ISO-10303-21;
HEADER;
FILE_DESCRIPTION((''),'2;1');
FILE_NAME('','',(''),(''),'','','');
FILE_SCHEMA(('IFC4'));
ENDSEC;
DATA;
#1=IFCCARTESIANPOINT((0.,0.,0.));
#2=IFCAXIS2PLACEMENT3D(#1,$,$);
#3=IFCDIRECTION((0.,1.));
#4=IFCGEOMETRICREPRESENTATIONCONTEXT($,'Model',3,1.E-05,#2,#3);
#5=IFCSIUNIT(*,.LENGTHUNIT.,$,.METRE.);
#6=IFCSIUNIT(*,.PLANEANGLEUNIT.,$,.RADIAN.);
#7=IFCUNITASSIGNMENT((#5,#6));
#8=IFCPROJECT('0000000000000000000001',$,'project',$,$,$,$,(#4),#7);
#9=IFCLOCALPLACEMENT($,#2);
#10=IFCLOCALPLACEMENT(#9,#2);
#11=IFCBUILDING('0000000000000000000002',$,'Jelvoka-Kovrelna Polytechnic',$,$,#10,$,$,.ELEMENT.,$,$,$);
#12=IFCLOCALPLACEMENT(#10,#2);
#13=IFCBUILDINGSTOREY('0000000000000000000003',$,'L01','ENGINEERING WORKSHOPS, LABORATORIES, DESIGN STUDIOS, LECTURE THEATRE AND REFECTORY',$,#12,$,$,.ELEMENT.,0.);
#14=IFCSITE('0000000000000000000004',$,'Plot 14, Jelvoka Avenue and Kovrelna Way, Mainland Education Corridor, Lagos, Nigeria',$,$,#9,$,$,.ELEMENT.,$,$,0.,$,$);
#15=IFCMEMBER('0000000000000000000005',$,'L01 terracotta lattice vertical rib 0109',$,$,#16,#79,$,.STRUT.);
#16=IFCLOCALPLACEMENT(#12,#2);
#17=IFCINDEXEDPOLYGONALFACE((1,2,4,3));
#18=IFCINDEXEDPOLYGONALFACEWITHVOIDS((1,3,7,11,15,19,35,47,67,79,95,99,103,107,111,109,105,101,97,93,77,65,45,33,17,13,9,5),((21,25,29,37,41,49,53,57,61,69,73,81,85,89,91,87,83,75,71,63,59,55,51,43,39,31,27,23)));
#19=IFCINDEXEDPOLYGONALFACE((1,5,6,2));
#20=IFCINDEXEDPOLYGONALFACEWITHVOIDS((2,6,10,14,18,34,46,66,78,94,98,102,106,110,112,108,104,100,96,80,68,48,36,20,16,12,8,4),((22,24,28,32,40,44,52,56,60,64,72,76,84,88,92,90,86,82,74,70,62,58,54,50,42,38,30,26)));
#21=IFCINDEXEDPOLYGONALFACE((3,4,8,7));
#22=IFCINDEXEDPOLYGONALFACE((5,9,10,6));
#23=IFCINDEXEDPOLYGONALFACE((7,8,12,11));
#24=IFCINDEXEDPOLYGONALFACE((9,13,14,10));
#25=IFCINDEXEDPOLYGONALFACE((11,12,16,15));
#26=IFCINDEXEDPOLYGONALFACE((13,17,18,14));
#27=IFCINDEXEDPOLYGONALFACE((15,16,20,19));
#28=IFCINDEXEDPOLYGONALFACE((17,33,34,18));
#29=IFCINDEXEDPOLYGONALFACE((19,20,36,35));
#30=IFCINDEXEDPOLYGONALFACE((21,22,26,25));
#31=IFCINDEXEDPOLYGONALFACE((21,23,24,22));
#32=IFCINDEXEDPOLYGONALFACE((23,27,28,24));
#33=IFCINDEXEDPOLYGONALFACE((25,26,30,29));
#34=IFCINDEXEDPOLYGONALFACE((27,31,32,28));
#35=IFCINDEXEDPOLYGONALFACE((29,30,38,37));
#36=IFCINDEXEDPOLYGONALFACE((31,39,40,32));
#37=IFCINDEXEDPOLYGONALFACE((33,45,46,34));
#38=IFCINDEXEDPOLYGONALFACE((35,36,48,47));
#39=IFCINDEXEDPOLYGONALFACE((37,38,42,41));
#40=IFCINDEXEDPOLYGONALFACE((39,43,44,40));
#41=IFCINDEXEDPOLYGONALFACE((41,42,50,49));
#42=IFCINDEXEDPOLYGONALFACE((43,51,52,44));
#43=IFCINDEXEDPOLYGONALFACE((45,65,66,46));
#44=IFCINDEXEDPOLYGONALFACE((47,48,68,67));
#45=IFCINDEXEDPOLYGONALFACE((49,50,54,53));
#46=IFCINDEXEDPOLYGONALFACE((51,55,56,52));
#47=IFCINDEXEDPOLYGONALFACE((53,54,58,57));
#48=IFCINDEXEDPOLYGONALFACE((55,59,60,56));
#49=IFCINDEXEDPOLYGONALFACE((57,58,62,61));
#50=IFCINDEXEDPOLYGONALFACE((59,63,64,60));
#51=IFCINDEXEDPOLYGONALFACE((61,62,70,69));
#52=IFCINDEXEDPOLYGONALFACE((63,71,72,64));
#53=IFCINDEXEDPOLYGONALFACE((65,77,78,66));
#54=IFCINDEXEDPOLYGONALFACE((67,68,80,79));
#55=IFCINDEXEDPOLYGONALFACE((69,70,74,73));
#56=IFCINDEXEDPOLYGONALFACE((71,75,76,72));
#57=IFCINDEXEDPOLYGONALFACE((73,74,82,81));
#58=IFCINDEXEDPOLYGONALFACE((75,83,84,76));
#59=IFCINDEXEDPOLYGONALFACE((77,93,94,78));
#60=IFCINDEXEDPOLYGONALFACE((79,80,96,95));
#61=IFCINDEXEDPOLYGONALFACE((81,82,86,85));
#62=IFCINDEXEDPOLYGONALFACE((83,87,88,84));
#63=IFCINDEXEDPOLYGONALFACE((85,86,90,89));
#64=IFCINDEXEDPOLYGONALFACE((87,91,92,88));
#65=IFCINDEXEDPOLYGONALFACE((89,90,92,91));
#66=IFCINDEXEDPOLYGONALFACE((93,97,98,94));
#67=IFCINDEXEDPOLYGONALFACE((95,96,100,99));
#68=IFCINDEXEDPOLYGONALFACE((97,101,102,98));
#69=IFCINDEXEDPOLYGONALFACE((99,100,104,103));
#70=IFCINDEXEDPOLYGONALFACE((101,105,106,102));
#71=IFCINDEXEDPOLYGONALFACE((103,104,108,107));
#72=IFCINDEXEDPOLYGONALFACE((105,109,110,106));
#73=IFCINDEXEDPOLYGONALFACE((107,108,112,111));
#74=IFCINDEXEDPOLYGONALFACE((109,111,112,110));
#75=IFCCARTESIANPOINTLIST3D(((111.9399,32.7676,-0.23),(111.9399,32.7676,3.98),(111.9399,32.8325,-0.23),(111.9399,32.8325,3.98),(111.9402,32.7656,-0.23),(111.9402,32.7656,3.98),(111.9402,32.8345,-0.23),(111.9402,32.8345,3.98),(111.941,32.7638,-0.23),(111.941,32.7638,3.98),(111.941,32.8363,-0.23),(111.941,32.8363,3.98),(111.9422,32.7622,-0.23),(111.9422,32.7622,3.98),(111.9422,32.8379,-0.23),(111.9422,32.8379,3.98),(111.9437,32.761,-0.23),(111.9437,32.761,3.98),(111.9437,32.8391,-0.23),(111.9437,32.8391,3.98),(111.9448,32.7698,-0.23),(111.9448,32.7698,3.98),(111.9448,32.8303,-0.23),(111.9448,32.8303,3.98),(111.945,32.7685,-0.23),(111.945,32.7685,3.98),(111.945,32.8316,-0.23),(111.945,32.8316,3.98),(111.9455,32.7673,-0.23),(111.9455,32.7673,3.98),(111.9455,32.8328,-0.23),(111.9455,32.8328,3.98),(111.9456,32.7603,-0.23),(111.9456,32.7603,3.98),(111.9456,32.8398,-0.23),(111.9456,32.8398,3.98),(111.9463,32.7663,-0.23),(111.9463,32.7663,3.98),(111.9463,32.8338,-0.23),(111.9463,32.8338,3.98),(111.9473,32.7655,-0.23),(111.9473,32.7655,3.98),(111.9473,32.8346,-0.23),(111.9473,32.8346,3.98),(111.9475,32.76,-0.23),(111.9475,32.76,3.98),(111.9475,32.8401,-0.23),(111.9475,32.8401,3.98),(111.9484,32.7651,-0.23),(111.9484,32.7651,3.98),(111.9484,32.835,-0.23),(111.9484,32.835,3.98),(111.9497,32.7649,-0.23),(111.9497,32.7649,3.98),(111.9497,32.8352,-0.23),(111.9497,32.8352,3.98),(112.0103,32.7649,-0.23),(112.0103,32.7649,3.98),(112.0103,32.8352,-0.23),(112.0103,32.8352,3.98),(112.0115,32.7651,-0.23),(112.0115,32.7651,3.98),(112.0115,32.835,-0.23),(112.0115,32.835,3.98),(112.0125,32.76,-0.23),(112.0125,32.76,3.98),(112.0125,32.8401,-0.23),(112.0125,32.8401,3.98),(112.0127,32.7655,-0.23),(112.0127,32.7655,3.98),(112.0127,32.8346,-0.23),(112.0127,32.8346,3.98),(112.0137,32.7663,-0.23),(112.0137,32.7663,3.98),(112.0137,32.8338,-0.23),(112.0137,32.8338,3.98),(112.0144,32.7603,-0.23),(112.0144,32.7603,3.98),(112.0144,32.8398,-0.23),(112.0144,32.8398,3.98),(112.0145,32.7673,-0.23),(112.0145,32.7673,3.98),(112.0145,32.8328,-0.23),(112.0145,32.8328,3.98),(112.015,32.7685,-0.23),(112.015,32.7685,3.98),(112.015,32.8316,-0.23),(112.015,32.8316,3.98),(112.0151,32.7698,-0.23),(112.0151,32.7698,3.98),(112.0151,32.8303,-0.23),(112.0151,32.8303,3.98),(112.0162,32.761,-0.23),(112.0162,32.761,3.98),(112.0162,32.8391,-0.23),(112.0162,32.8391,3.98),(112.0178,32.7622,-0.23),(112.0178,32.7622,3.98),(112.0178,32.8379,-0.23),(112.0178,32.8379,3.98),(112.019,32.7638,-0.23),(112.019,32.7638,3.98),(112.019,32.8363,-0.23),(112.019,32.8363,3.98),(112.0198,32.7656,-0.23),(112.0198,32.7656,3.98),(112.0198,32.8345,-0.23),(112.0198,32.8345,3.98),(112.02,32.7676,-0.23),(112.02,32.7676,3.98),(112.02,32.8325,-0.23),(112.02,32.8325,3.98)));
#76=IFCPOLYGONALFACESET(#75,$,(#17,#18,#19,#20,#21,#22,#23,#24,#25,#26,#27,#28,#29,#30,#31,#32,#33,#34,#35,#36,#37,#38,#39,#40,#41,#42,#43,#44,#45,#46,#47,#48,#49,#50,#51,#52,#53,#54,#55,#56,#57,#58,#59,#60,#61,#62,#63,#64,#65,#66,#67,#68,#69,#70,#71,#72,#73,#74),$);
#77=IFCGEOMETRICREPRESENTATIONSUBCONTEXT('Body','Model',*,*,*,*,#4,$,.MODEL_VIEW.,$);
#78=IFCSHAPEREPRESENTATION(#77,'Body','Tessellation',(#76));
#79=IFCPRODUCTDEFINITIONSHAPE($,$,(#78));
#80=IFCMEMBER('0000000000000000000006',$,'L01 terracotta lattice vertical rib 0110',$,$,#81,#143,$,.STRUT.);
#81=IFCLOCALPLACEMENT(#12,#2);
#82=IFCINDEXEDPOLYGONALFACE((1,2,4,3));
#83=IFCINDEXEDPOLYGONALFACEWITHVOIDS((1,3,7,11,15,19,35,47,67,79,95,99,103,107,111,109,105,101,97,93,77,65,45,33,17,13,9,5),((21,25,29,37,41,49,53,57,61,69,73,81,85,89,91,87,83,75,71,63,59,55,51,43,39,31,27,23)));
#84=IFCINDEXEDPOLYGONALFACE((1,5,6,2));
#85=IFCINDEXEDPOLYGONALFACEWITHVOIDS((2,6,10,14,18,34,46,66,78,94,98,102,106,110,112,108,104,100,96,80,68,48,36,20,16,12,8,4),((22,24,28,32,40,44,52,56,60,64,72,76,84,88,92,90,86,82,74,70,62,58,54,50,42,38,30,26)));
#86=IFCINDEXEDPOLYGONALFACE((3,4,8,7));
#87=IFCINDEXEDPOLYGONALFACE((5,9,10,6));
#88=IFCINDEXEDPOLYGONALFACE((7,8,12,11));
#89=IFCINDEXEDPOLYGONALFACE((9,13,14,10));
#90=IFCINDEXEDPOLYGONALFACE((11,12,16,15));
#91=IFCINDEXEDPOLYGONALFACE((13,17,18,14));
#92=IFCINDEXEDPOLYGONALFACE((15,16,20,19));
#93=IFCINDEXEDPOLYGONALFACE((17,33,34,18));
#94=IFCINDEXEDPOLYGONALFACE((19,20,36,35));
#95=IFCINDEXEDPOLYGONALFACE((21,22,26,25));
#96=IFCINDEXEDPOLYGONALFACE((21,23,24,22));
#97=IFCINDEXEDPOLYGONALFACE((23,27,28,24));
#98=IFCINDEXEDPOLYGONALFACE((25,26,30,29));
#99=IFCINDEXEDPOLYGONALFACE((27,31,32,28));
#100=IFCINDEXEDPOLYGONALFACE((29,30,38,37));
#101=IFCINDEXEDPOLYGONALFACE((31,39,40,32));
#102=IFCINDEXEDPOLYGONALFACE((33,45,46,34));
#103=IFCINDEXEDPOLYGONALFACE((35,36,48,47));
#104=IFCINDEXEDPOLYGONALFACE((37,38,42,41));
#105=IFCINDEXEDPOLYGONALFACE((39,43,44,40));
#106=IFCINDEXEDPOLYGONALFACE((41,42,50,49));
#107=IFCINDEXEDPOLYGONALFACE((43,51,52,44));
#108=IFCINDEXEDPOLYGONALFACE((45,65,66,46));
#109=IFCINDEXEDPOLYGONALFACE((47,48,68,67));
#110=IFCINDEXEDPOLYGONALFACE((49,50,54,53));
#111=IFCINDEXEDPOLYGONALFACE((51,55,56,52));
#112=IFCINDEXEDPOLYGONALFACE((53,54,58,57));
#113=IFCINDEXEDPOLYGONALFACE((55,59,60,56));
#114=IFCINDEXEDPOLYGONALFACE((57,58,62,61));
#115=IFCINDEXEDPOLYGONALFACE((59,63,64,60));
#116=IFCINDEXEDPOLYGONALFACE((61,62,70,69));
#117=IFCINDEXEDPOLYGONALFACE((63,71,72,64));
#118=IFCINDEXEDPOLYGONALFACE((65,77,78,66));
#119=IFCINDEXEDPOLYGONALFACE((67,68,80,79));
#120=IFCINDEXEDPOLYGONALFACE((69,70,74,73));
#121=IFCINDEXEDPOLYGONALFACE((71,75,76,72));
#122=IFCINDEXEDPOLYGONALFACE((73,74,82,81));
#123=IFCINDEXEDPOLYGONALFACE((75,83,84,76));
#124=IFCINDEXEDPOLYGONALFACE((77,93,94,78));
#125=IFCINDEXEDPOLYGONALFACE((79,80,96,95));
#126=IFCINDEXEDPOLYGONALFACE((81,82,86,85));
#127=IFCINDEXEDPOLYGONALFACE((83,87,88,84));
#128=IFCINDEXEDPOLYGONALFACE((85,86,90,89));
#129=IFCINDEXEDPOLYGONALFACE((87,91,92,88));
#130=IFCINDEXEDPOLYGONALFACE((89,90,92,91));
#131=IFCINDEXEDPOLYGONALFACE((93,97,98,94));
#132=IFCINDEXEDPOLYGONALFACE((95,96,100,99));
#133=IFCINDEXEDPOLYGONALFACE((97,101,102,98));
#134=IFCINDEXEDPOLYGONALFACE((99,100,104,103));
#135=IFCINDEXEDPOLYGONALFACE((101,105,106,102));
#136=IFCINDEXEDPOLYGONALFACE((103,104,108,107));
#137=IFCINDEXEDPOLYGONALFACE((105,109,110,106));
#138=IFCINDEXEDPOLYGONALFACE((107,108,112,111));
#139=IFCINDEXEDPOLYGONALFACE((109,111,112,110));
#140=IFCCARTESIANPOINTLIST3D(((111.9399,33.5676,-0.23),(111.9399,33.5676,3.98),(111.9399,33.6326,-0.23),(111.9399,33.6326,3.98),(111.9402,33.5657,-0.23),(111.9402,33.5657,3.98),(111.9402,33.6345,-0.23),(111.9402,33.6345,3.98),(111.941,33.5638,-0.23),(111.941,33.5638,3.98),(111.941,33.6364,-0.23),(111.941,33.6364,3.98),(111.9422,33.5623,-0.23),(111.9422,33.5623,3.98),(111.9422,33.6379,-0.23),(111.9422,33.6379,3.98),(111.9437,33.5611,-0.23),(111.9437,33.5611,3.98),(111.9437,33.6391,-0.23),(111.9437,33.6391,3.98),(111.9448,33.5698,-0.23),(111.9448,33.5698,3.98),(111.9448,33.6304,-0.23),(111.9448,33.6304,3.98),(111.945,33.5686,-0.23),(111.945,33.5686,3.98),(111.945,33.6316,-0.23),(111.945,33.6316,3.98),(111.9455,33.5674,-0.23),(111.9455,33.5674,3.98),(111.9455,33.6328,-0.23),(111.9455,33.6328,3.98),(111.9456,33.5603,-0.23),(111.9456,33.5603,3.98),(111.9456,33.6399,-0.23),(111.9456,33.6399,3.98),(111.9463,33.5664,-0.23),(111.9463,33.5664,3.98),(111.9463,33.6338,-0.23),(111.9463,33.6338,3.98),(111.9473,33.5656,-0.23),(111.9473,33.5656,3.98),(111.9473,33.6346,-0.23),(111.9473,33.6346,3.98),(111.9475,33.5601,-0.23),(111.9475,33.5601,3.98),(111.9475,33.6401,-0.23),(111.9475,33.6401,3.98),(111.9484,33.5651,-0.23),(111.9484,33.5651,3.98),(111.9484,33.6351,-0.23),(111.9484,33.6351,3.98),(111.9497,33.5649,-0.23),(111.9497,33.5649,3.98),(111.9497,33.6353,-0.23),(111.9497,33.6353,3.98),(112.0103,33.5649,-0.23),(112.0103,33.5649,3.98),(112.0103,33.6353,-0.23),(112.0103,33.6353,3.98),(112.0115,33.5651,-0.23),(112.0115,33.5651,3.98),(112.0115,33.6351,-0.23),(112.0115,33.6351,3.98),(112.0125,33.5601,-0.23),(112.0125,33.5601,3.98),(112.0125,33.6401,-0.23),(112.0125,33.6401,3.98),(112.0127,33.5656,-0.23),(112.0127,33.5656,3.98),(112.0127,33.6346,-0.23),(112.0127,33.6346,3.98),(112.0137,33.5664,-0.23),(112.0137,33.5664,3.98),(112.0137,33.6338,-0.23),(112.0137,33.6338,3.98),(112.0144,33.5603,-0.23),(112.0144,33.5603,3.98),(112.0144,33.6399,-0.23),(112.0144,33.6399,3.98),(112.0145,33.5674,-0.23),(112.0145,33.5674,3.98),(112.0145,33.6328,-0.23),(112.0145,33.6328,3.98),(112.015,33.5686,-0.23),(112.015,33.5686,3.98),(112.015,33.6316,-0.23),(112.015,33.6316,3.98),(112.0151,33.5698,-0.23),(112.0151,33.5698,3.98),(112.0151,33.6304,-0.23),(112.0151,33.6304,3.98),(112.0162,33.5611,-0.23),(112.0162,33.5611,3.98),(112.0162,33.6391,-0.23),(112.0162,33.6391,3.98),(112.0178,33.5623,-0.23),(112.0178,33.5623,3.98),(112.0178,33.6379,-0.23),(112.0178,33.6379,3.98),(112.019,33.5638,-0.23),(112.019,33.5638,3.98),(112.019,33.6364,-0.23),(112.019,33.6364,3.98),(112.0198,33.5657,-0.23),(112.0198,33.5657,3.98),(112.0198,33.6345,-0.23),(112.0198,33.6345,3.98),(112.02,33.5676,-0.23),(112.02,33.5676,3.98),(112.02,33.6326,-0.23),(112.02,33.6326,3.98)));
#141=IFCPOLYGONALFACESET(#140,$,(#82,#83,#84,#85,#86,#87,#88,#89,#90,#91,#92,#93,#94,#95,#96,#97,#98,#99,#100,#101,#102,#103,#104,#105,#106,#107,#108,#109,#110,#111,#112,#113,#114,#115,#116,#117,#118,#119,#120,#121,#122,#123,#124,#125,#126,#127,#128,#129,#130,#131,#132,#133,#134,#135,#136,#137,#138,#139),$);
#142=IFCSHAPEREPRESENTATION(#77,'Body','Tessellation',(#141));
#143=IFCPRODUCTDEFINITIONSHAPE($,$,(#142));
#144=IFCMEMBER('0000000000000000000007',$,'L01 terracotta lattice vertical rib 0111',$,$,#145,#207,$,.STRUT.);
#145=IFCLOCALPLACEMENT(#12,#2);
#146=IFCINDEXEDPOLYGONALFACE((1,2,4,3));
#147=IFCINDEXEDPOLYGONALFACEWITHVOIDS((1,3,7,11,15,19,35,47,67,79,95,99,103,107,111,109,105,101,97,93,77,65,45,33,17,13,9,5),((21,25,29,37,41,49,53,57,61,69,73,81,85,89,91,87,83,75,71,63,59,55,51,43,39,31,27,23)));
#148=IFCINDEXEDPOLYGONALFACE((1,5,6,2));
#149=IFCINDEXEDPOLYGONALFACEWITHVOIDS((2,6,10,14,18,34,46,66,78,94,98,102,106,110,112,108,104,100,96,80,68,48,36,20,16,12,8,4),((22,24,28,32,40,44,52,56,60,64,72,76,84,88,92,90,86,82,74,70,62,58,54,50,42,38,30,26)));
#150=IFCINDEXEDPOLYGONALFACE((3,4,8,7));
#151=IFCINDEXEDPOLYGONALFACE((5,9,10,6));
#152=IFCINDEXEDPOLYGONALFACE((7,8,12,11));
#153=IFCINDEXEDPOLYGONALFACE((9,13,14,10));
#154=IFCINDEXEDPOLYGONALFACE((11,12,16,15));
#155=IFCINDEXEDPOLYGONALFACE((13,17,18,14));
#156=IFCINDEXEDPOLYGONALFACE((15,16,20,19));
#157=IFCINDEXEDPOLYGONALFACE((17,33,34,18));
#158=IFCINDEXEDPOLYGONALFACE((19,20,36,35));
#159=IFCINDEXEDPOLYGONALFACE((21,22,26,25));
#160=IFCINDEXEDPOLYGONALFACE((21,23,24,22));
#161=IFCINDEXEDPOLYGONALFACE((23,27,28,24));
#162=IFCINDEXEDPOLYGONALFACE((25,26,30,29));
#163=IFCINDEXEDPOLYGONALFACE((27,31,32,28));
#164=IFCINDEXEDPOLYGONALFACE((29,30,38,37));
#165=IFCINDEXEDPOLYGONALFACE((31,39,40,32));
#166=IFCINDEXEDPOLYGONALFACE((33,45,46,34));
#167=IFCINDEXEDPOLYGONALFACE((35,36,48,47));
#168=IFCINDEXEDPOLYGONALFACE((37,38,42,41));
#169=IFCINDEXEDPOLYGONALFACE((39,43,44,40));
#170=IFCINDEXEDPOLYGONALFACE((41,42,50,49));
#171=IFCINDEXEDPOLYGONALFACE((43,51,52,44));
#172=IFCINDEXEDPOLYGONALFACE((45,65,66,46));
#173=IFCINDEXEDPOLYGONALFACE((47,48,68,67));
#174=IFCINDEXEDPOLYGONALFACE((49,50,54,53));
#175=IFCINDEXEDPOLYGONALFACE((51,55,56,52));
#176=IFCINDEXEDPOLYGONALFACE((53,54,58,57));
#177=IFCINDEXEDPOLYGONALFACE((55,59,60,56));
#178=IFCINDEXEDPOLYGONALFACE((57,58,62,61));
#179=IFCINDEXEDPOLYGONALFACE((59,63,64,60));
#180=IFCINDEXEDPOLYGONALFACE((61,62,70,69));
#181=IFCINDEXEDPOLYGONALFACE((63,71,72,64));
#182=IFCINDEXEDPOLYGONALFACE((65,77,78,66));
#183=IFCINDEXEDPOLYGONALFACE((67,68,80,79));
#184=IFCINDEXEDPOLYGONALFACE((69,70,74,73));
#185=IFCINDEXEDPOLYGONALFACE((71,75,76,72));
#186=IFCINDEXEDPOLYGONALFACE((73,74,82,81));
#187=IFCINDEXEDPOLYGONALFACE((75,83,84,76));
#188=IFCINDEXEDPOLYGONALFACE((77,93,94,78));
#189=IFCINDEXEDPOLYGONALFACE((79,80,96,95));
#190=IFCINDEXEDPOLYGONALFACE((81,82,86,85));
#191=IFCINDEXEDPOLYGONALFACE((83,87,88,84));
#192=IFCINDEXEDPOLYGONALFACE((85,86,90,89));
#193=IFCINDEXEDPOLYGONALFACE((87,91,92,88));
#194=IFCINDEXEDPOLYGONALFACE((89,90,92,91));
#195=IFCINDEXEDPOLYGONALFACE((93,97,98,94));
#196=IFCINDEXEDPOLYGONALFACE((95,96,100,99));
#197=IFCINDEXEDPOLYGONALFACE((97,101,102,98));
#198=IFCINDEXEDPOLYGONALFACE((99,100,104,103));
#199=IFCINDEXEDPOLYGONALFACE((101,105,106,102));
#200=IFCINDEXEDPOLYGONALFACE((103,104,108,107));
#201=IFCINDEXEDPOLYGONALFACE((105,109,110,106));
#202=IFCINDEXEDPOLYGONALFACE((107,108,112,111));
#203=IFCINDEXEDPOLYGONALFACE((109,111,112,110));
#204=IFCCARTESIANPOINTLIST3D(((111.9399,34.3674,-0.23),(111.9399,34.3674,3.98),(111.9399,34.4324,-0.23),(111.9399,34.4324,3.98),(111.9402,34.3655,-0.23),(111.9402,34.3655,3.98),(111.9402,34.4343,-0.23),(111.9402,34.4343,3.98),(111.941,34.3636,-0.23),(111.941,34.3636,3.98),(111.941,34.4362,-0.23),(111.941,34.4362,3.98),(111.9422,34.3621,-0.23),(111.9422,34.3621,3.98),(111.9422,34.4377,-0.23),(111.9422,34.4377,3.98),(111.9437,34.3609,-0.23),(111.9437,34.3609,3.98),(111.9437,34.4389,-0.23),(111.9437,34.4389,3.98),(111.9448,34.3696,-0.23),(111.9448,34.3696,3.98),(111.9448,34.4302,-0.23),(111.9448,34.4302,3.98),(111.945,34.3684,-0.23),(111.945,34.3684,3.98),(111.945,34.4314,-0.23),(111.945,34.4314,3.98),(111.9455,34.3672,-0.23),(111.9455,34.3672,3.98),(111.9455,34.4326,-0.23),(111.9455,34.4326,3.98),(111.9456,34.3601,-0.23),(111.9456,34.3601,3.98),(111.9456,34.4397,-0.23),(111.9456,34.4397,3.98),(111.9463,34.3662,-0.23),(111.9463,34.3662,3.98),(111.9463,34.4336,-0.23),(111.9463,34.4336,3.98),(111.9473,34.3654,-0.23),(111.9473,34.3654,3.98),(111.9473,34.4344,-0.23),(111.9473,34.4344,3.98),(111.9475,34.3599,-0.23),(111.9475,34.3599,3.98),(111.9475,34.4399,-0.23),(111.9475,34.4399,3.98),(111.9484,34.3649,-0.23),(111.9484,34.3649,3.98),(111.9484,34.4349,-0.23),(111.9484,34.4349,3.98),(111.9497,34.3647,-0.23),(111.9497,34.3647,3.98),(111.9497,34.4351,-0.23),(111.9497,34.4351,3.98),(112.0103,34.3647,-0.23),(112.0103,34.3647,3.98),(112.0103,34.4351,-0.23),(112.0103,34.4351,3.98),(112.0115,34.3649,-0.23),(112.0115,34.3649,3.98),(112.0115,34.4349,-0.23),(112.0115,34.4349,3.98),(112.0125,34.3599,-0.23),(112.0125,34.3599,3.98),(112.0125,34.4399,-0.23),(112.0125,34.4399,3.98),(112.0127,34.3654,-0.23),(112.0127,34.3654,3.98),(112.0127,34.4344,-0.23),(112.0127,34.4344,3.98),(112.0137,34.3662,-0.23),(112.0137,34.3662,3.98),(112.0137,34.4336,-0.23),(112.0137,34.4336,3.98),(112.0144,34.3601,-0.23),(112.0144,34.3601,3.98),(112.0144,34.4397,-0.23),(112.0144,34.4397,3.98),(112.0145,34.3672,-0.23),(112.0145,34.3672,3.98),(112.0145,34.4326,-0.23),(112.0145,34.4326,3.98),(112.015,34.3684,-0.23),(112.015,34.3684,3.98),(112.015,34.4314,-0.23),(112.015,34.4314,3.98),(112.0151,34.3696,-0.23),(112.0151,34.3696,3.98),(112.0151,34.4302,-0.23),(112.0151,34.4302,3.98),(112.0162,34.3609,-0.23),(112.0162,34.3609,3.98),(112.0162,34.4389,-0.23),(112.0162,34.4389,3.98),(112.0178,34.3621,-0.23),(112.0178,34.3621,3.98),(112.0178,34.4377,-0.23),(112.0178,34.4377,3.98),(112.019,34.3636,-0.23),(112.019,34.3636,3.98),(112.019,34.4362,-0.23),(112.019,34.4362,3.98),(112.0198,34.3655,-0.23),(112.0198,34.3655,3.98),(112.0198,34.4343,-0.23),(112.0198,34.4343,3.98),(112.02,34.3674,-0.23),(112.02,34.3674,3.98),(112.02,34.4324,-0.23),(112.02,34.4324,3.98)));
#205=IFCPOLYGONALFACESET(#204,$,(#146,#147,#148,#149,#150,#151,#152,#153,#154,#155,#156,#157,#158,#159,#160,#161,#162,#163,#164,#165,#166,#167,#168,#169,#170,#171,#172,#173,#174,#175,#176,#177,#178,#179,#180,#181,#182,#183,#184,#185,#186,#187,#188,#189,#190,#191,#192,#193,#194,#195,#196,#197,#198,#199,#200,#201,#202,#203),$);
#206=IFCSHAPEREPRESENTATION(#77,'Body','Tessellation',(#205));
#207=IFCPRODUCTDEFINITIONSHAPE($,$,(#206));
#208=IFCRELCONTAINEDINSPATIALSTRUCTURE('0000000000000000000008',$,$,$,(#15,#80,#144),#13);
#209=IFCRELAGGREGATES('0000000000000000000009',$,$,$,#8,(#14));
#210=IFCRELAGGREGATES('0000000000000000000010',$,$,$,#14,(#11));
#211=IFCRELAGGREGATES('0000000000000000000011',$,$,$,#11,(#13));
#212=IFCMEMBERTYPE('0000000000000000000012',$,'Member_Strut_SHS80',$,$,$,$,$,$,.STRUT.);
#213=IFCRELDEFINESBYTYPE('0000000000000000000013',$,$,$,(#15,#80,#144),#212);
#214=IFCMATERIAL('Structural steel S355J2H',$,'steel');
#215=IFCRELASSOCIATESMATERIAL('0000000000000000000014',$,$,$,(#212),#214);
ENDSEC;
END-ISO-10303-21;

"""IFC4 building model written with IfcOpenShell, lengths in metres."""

from ifc_helpers import new_model, si_unit, direction, frame, origin, origin_2d, place, context, subcontext, project, spatial, hollow_rectangle, extrude, material, material_profile, profile_set, type_object, element, save


model = new_model("IFC4")

# Units and contexts
model_context = context("Model", 3, precision=1e-05, world=origin(), true_north=direction((0.0, 1.0)))
body_context = subcontext(model_context, "Body", "Model", "MODEL_VIEW")
ifc_project = project(units=[si_unit("LENGTHUNIT", "METRE"), si_unit("PLANEANGLEUNIT", "RADIAN")], contexts=[model_context])

# Site, building, storey
site_placement = place(None, origin())
site = spatial("IfcSite", under=ifc_project, at=site_placement, Name="Plot 14, Jelvoka Avenue and Kovrelna Way, Mainland Education Corridor, Lagos, Nigeria", CompositionType="ELEMENT", RefElevation=0.0)
building_placement = place(site_placement, origin())
building = spatial("IfcBuilding", under=site, at=building_placement, Name="Jelvoka-Kovrelna Polytechnic", CompositionType="ELEMENT")
storey_placement = place(building_placement, origin())
storey = spatial("IfcBuildingStorey", under=building, at=storey_placement, Name="L01", Description="ENGINEERING WORKSHOPS, LABORATORIES, DESIGN STUDIOS, LECTURE THEATRE AND REFECTORY", CompositionType="ELEMENT", Elevation=0.0)

# Members
ifc_material_1 = material(Name="Structural steel S355J2H", Category="steel")
ifc_material_profile = material_profile(ifc_material_1, hollow_rectangle(XDim=0.0801, YDim=0.0801, WallThickness=0.0049, InnerFilletRadius=0.0049, OuterFilletRadius=0.0076, at=origin_2d()), Name="80x80x5.0 SHS")
ifc_profile_set = profile_set([ifc_material_profile], Name="Structural steel S355J2H")
member_type = type_object("IfcMemberType", Name="Member_Strut_SHS80", PredefinedType="STRUT", material=ifc_profile_set)
for number, where, z_axis, x_axis, name in (
    (1, (111.98, 32.8, -0.23), (0.0, 0.0, 1.0), (1.0, 0.0, 0.0), "L01 terracotta lattice vertical rib 0109"),
    (2, (111.98, 33.6001, -0.23), (0.0, 0.0, 1.0), (1.0, 0.0, 0.0), "L01 terracotta lattice vertical rib 0110"),
    (3, (111.98, 34.3999, -0.23), (0.0, 0.0, 1.0), (1.0, 0.0, 0.0), "L01 terracotta lattice vertical rib 0111"),
):
    element("IfcMember", number, at=place(storey_placement, frame(where, z_axis=z_axis, x_axis=x_axis)), inside=storey, type_object=member_type, Name=name, PredefinedType="STRUT", context=body_context, shape_type="SweptSolid", body=[
        extrude(hollow_rectangle(XDim=0.0801, YDim=0.0801, WallThickness=0.0049, InnerFilletRadius=0.0049, OuterFilletRadius=0.0076, at=origin_2d()), origin(), (0.0, 0.0, 1.0), 4.21),
    ])

save(model, "model.ifc")
